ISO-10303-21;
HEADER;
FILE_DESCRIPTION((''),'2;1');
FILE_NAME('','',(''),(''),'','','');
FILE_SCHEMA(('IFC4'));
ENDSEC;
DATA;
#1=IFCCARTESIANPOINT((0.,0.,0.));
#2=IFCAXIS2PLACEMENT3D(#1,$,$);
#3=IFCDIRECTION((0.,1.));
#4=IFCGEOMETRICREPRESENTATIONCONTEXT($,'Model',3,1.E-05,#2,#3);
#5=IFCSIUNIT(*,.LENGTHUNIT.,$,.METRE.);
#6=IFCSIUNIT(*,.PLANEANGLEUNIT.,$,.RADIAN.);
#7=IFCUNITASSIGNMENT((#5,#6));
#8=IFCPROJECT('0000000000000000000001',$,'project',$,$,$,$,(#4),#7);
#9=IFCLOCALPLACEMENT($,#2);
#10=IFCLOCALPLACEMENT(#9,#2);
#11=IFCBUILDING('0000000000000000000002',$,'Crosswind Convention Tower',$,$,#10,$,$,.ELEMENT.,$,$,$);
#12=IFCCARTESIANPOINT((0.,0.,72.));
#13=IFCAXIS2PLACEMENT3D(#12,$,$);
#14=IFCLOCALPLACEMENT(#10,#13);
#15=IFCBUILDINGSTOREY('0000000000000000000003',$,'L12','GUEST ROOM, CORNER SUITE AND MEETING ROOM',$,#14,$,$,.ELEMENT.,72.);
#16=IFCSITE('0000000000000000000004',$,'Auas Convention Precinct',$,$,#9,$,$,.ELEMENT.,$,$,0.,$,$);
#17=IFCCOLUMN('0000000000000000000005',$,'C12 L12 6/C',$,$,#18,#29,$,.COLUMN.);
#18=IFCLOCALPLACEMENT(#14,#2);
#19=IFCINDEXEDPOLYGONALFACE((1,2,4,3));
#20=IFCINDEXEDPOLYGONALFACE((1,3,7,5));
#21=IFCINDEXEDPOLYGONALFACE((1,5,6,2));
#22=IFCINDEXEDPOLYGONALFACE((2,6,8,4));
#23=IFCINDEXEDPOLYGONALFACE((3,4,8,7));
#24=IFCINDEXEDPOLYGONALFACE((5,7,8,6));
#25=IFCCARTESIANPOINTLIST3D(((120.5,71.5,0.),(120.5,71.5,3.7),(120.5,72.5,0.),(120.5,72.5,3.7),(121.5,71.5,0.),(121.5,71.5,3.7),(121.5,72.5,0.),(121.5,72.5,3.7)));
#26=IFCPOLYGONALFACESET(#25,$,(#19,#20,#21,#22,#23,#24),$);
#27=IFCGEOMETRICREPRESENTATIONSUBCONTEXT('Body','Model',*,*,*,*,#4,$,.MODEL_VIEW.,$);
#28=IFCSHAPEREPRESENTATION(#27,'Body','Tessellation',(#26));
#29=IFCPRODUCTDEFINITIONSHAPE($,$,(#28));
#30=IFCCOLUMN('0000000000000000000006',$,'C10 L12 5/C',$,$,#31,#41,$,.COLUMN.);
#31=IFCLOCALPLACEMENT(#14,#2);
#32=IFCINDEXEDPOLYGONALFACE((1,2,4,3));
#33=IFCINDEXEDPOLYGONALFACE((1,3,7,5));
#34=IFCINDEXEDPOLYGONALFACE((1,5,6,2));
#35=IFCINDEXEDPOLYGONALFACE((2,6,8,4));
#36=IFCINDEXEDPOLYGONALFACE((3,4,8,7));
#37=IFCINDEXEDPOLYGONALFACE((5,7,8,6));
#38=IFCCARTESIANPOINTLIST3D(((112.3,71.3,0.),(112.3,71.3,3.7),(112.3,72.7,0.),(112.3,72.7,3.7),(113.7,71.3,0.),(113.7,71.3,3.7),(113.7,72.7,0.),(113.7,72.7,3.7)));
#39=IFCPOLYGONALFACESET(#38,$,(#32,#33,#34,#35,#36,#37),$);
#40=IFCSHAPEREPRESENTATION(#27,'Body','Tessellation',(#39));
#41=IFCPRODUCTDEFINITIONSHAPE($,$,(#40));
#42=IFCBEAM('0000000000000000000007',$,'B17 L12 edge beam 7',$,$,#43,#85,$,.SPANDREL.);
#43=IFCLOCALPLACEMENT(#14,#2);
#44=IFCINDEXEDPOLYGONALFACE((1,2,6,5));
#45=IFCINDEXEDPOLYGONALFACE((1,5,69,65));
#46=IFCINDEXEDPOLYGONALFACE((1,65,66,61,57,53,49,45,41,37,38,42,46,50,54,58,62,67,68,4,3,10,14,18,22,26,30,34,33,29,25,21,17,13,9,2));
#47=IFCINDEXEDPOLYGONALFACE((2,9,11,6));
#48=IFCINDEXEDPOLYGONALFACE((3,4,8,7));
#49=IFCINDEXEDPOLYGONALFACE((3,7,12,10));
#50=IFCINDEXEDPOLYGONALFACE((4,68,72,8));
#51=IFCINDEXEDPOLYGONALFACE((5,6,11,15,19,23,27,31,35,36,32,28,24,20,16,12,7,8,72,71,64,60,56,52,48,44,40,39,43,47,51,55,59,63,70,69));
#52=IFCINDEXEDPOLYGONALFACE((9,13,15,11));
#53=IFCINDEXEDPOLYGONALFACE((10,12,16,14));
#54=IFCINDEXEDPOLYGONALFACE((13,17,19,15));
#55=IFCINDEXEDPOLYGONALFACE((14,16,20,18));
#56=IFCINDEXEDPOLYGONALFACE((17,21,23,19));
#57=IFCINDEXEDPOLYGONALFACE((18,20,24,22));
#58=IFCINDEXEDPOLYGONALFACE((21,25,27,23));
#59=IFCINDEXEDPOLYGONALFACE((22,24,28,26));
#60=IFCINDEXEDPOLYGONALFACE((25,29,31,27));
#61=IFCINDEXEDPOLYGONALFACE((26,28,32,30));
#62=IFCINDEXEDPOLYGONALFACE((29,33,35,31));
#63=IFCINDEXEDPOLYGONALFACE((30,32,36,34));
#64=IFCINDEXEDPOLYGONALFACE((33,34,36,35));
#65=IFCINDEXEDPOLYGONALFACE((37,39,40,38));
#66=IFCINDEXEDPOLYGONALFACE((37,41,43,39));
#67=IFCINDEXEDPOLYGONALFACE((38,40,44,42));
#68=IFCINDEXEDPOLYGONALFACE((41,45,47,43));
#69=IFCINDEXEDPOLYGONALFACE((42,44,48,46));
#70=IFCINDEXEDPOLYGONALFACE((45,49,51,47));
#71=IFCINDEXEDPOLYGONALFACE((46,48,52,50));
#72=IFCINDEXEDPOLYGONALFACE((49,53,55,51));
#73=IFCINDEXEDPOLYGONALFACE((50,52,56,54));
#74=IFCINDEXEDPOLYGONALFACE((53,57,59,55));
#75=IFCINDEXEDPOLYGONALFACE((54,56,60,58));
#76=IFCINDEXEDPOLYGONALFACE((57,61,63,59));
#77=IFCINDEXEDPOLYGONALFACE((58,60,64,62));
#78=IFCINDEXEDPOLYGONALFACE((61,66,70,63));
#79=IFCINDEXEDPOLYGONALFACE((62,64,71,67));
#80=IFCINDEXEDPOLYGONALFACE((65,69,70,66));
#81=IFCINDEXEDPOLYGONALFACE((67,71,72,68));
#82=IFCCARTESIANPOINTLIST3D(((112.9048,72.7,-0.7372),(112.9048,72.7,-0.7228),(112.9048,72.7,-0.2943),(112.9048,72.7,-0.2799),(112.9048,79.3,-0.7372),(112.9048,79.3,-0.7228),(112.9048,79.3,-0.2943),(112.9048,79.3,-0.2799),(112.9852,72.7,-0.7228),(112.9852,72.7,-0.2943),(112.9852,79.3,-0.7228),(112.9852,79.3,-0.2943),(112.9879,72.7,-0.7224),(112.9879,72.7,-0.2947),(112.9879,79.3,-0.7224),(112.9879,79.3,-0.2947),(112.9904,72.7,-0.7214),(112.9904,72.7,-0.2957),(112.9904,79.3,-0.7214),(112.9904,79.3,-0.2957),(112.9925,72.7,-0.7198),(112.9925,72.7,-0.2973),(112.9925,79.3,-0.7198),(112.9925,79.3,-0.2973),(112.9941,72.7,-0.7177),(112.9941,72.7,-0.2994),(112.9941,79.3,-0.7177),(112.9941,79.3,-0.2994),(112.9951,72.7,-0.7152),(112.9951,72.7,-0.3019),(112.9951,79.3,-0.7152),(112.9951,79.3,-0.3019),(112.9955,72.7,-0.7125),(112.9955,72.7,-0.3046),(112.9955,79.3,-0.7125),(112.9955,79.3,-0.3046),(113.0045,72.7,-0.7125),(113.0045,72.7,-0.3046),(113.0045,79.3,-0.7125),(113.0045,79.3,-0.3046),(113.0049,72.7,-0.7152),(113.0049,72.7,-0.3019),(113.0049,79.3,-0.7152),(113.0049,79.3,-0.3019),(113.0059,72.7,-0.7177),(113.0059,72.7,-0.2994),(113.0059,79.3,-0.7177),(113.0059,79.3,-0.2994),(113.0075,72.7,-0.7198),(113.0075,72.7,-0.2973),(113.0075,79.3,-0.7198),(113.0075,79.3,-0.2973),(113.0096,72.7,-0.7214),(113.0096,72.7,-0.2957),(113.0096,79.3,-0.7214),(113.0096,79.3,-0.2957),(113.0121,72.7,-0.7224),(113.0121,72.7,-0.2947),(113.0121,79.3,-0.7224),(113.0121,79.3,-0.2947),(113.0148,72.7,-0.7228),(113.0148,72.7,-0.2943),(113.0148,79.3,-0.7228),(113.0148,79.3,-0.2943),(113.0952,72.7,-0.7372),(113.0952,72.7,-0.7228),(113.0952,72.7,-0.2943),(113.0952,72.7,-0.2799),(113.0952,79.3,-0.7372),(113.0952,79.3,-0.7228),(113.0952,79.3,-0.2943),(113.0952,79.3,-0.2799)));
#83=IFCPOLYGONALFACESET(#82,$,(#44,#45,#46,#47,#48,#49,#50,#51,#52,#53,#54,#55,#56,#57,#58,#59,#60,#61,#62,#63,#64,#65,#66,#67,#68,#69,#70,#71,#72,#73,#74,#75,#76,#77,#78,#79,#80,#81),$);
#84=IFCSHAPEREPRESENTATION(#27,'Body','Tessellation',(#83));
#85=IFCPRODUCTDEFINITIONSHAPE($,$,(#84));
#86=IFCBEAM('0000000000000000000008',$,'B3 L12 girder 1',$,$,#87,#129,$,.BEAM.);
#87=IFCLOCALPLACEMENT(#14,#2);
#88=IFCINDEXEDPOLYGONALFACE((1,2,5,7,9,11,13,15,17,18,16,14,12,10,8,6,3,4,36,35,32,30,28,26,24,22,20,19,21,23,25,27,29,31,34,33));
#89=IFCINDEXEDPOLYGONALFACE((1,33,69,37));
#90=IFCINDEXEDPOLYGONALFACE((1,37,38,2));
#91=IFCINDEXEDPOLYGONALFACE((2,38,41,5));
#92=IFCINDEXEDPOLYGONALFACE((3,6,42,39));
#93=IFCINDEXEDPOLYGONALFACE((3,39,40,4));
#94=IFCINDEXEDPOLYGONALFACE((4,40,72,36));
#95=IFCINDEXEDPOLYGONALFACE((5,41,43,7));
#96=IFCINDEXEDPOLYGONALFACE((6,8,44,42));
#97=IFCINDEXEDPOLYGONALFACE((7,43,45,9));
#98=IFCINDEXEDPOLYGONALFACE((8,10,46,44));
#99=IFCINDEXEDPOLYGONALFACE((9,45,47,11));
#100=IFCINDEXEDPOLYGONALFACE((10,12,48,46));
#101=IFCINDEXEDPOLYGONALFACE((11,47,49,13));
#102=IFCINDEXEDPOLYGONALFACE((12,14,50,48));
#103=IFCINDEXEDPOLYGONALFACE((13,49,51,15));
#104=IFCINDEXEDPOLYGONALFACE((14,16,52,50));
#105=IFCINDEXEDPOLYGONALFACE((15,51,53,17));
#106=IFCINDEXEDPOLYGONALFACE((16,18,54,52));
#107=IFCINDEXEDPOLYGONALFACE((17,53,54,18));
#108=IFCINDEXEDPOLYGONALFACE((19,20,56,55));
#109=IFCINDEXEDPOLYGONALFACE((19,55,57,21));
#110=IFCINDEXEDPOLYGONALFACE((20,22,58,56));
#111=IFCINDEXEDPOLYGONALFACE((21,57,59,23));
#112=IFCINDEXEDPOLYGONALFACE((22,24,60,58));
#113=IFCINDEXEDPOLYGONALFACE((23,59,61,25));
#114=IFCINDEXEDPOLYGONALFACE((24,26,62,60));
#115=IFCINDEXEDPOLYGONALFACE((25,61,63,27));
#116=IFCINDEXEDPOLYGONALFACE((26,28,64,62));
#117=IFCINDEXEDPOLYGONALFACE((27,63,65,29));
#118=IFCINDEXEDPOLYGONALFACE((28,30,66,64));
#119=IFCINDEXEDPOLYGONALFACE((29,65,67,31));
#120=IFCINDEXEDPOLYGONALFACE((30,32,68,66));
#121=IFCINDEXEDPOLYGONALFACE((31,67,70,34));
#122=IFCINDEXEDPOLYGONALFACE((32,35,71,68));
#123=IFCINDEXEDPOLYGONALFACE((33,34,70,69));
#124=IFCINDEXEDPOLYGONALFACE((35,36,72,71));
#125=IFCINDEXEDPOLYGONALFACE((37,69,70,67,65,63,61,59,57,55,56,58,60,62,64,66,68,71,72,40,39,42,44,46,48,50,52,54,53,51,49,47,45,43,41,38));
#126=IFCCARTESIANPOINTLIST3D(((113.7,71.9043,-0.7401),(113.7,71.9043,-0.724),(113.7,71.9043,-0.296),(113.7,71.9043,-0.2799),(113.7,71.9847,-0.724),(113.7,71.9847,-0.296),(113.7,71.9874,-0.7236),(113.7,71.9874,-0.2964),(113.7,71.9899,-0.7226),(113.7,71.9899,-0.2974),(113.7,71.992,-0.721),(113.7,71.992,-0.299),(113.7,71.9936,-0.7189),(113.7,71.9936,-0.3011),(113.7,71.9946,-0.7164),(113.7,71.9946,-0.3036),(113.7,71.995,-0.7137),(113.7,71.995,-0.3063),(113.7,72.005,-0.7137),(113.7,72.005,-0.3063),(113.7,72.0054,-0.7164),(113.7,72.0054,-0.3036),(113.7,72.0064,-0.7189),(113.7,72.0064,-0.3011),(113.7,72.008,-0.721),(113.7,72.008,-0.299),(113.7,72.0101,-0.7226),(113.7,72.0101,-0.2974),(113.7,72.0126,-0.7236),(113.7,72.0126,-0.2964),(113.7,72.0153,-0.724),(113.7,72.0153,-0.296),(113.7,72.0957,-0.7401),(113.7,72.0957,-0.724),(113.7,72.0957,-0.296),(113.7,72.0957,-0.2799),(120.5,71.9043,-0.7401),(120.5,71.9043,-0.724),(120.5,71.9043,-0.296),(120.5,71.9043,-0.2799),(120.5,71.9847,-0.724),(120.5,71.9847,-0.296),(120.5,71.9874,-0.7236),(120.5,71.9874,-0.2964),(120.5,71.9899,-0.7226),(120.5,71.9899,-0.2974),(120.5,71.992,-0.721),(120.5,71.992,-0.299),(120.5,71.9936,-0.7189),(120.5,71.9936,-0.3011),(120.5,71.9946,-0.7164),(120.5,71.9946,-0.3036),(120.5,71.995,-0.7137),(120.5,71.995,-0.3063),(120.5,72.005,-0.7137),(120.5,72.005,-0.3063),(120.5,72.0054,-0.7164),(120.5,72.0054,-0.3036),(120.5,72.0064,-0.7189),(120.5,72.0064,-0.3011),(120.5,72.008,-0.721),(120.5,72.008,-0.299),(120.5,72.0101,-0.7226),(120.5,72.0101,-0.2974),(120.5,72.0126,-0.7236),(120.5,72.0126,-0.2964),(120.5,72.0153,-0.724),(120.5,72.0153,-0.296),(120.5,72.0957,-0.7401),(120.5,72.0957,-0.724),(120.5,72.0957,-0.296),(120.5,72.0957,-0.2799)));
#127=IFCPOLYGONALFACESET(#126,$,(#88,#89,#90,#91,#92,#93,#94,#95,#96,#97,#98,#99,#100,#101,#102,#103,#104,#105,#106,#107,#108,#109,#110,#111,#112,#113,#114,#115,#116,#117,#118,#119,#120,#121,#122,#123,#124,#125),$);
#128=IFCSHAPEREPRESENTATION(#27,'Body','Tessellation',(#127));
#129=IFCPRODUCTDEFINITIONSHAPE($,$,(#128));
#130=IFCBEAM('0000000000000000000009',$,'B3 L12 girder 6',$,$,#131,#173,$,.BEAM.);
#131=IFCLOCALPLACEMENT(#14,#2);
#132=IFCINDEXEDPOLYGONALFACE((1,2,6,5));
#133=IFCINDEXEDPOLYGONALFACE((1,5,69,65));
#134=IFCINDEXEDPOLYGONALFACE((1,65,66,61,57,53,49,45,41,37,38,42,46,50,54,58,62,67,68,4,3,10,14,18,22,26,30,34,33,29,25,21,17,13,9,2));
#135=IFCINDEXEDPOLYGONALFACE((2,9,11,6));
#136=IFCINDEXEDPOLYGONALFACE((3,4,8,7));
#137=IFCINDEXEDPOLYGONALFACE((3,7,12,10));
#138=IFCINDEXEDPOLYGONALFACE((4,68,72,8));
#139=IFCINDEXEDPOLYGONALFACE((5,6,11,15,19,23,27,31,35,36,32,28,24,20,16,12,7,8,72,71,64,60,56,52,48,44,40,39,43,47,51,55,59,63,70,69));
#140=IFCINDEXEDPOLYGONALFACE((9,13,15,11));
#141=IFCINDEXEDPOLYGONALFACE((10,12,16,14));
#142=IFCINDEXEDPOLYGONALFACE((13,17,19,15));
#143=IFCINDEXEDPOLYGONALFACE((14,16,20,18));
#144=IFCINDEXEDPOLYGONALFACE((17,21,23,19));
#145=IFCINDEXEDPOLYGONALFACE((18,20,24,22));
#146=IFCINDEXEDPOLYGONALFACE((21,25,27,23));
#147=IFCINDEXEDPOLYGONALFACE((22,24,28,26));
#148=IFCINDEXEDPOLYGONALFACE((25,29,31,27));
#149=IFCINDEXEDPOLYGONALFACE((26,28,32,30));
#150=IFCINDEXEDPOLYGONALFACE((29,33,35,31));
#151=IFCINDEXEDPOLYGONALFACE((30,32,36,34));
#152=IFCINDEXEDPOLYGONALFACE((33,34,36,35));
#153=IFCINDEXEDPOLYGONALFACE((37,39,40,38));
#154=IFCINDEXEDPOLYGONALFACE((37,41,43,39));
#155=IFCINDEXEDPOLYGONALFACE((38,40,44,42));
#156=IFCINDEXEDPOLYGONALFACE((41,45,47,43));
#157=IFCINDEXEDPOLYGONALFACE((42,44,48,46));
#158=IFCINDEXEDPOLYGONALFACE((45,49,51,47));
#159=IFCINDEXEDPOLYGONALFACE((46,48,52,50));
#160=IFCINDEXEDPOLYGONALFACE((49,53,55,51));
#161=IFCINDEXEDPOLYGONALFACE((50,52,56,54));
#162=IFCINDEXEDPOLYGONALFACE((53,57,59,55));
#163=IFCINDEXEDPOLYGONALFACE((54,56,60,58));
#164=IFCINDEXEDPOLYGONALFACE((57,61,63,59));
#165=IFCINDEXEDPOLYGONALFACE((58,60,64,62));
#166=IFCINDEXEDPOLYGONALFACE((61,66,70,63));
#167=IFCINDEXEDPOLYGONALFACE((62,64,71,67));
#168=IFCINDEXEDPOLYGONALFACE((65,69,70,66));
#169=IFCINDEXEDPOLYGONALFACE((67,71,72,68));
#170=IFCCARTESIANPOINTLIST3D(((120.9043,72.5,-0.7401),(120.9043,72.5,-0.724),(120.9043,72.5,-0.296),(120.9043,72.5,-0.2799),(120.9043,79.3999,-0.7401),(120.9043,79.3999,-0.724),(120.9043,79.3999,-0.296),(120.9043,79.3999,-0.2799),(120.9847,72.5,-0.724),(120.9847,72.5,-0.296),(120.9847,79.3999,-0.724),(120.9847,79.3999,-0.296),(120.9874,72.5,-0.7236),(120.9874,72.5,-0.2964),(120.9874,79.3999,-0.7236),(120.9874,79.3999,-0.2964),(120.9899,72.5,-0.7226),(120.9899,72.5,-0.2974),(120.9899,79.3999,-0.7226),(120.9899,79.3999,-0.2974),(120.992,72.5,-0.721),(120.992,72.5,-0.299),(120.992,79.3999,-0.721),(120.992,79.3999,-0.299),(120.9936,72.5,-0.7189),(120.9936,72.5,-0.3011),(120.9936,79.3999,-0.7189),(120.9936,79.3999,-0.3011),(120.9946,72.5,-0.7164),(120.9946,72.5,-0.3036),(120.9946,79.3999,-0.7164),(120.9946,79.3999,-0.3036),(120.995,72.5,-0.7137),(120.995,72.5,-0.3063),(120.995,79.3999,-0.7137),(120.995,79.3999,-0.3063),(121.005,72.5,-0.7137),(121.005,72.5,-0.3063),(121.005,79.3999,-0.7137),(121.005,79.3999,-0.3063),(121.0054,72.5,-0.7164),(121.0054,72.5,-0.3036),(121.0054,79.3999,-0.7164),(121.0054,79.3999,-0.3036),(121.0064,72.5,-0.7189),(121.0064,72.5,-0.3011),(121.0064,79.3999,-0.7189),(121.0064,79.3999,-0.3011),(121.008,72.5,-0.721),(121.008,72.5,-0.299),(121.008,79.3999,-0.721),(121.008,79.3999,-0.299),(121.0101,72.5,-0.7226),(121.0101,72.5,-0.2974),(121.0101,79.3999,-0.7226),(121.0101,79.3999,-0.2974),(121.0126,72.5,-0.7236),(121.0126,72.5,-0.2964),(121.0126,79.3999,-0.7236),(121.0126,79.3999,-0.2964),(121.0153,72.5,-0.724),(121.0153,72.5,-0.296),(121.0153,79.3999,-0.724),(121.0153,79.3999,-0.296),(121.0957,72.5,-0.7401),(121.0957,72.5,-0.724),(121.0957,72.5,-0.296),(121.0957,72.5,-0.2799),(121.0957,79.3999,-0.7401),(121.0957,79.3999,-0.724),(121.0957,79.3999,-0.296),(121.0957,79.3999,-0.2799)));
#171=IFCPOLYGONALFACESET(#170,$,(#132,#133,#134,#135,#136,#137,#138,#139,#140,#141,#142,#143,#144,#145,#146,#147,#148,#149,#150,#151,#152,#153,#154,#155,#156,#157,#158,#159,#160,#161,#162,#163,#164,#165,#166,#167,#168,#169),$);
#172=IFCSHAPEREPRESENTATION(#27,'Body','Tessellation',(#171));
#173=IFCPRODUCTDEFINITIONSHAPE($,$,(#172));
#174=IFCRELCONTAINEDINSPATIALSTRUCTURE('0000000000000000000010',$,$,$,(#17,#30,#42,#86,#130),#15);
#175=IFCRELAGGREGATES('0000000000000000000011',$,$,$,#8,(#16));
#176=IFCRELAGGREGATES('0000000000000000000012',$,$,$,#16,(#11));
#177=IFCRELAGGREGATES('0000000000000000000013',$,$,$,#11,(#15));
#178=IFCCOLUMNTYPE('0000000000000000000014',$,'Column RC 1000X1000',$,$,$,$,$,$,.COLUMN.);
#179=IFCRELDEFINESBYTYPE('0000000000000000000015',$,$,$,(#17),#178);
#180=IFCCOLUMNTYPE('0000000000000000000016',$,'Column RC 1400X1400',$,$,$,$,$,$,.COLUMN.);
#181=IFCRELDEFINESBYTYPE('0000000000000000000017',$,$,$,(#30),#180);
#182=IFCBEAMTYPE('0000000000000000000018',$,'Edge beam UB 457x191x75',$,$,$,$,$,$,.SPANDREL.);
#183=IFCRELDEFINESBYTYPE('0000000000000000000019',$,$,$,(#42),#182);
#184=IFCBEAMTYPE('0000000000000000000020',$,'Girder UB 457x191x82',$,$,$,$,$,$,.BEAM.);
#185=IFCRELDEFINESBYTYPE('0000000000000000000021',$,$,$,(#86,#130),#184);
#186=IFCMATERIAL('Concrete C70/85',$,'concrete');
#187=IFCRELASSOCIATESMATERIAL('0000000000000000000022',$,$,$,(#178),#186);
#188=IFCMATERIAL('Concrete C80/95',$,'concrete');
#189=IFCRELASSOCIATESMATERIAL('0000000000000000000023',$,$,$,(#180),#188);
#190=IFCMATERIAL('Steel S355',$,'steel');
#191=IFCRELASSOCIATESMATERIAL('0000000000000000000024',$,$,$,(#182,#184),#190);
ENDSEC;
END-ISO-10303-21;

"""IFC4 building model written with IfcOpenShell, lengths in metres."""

from ifc_helpers import new_model, si_unit, direction, frame, origin, origin_2d, place, context, subcontext, project, spatial, rectangle, i_section, extrude, material, material_profile, profile_set, type_object, element, save


model = new_model("IFC4")

# Units and contexts
model_context = context("Model", 3, precision=1e-05, world=origin(), true_north=direction((0.0, 1.0)))
body_context = subcontext(model_context, "Body", "Model", "MODEL_VIEW")
ifc_project = project(units=[si_unit("LENGTHUNIT", "METRE"), si_unit("PLANEANGLEUNIT", "RADIAN")], contexts=[model_context])

# Site, building, storey
site_placement = place(None, origin())
site = spatial("IfcSite", under=ifc_project, at=site_placement, Name="Auas Convention Precinct", CompositionType="ELEMENT", RefElevation=0.0)
building_placement = place(site_placement, origin())
building = spatial("IfcBuilding", under=site, at=building_placement, Name="Crosswind Convention Tower", CompositionType="ELEMENT")
storey_placement = place(building_placement, frame((0.0, 0.0, 72.0)))
storey = spatial("IfcBuildingStorey", under=building, at=storey_placement, Name="L12", Description="GUEST ROOM, CORNER SUITE AND MEETING ROOM", CompositionType="ELEMENT", Elevation=72.0)

# Columns
ifc_material_1 = material(Name="Concrete C70/85", Category="concrete")
ifc_material_profile_1 = material_profile(ifc_material_1, rectangle(XDim=1.0, YDim=1.0, at=origin_2d()), Name="RC 1000X1000")
ifc_profile_set_1 = profile_set([ifc_material_profile_1], Name="Concrete C70/85")
column_type_1 = type_object("IfcColumnType", Name="Column RC 1000X1000", PredefinedType="COLUMN", material=ifc_profile_set_1)
column_1_placement = place(storey_placement, frame((121.0, 72.0, 0.0), z_axis=(0.0, 0.0, 1.0), x_axis=(1.0, 0.0, 0.0)))
element("IfcColumn", 1, at=column_1_placement, inside=storey, type_object=column_type_1, Name="C12 L12 6/C", PredefinedType="COLUMN", context=body_context, shape_type="SweptSolid", body=[
    extrude(rectangle(XDim=1.0, YDim=1.0, at=origin_2d()), origin(), (0.0, 0.0, 1.0), 3.7),
])
ifc_material_2 = material(Name="Concrete C80/95", Category="concrete")
ifc_material_profile_2 = material_profile(ifc_material_2, rectangle(XDim=1.3999, YDim=1.3999, at=origin_2d()), Name="RC 1400X1400")
ifc_profile_set_2 = profile_set([ifc_material_profile_2], Name="Concrete C80/95")
column_type_2 = type_object("IfcColumnType", Name="Column RC 1400X1400", PredefinedType="COLUMN", material=ifc_profile_set_2)
column_2_placement = place(storey_placement, frame((113.0, 72.0, 0.0), z_axis=(0.0, 0.0, 1.0), x_axis=(1.0, 0.0, 0.0)))
element("IfcColumn", 2, at=column_2_placement, inside=storey, type_object=column_type_2, Name="C10 L12 5/C", PredefinedType="COLUMN", context=body_context, shape_type="SweptSolid", body=[
    extrude(rectangle(XDim=1.3999, YDim=1.3999, at=origin_2d()), origin(), (0.0, 0.0, 1.0), 3.7),
])

# Beams
ifc_material_3 = material(Name="Steel S355", Category="steel")
ifc_material_profile_3 = material_profile(ifc_material_3, i_section(OverallWidth=0.1904, OverallDepth=0.4573, WebThickness=0.009, FlangeThickness=0.0144, FilletRadius=0.0103, at=origin_2d()), Name="UB 457x191x75")
ifc_profile_set_3 = profile_set([ifc_material_profile_3], Name="Steel S355")
beam_type_1 = type_object("IfcBeamType", Name="Edge beam UB 457x191x75", PredefinedType="SPANDREL", material=ifc_profile_set_3)
beam_1_placement = place(storey_placement, frame((113.0, 72.7, -0.5085), z_axis=(0.0, 1.0, 0.0), x_axis=(-1.0, 0.0, 0.0)))
element("IfcBeam", 3, at=beam_1_placement, inside=storey, type_object=beam_type_1, Name="B17 L12 edge beam 7", PredefinedType="SPANDREL", context=body_context, shape_type="SweptSolid", body=[
    extrude(i_section(OverallWidth=0.1904, OverallDepth=0.4573, WebThickness=0.009, FlangeThickness=0.0144, FilletRadius=0.0103, at=origin_2d()), origin(), (0.0, 0.0, 1.0), 6.6001),
])
ifc_material_profile_4 = material_profile(ifc_material_3, i_section(OverallWidth=0.1914, OverallDepth=0.4602, WebThickness=0.01, FlangeThickness=0.0161, FilletRadius=0.0103, at=origin_2d()), Name="UB 457x191x82")
ifc_profile_set_4 = profile_set([ifc_material_profile_4], Name="Steel S355")
beam_type_2 = type_object("IfcBeamType", Name="Girder UB 457x191x82", PredefinedType="BEAM", material=ifc_profile_set_4)
beam_2_placement = place(storey_placement, frame((113.7, 72.0, -0.51), z_axis=(1.0, 0.0, 0.0), x_axis=(0.0, 1.0, 0.0)))
element("IfcBeam", 4, at=beam_2_placement, inside=storey, type_object=beam_type_2, Name="B3 L12 girder 1", PredefinedType="BEAM", context=body_context, shape_type="SweptSolid", body=[
    extrude(i_section(OverallWidth=0.1914, OverallDepth=0.4602, WebThickness=0.01, FlangeThickness=0.0161, FilletRadius=0.0103, at=origin_2d()), origin(), (0.0, 0.0, 1.0), 6.8),
])
beam_3_placement = place(storey_placement, frame((121.0, 72.5, -0.51), z_axis=(0.0, 1.0, 0.0), x_axis=(-1.0, 0.0, 0.0)))
element("IfcBeam", 5, at=beam_3_placement, inside=storey, type_object=beam_type_2, Name="B3 L12 girder 6", PredefinedType="BEAM", context=body_context, shape_type="SweptSolid", body=[
    extrude(i_section(OverallWidth=0.1914, OverallDepth=0.4602, WebThickness=0.01, FlangeThickness=0.0161, FilletRadius=0.0103, at=origin_2d()), origin(), (0.0, 0.0, 1.0), 6.8999),
])

save(model, "model.ifc")
